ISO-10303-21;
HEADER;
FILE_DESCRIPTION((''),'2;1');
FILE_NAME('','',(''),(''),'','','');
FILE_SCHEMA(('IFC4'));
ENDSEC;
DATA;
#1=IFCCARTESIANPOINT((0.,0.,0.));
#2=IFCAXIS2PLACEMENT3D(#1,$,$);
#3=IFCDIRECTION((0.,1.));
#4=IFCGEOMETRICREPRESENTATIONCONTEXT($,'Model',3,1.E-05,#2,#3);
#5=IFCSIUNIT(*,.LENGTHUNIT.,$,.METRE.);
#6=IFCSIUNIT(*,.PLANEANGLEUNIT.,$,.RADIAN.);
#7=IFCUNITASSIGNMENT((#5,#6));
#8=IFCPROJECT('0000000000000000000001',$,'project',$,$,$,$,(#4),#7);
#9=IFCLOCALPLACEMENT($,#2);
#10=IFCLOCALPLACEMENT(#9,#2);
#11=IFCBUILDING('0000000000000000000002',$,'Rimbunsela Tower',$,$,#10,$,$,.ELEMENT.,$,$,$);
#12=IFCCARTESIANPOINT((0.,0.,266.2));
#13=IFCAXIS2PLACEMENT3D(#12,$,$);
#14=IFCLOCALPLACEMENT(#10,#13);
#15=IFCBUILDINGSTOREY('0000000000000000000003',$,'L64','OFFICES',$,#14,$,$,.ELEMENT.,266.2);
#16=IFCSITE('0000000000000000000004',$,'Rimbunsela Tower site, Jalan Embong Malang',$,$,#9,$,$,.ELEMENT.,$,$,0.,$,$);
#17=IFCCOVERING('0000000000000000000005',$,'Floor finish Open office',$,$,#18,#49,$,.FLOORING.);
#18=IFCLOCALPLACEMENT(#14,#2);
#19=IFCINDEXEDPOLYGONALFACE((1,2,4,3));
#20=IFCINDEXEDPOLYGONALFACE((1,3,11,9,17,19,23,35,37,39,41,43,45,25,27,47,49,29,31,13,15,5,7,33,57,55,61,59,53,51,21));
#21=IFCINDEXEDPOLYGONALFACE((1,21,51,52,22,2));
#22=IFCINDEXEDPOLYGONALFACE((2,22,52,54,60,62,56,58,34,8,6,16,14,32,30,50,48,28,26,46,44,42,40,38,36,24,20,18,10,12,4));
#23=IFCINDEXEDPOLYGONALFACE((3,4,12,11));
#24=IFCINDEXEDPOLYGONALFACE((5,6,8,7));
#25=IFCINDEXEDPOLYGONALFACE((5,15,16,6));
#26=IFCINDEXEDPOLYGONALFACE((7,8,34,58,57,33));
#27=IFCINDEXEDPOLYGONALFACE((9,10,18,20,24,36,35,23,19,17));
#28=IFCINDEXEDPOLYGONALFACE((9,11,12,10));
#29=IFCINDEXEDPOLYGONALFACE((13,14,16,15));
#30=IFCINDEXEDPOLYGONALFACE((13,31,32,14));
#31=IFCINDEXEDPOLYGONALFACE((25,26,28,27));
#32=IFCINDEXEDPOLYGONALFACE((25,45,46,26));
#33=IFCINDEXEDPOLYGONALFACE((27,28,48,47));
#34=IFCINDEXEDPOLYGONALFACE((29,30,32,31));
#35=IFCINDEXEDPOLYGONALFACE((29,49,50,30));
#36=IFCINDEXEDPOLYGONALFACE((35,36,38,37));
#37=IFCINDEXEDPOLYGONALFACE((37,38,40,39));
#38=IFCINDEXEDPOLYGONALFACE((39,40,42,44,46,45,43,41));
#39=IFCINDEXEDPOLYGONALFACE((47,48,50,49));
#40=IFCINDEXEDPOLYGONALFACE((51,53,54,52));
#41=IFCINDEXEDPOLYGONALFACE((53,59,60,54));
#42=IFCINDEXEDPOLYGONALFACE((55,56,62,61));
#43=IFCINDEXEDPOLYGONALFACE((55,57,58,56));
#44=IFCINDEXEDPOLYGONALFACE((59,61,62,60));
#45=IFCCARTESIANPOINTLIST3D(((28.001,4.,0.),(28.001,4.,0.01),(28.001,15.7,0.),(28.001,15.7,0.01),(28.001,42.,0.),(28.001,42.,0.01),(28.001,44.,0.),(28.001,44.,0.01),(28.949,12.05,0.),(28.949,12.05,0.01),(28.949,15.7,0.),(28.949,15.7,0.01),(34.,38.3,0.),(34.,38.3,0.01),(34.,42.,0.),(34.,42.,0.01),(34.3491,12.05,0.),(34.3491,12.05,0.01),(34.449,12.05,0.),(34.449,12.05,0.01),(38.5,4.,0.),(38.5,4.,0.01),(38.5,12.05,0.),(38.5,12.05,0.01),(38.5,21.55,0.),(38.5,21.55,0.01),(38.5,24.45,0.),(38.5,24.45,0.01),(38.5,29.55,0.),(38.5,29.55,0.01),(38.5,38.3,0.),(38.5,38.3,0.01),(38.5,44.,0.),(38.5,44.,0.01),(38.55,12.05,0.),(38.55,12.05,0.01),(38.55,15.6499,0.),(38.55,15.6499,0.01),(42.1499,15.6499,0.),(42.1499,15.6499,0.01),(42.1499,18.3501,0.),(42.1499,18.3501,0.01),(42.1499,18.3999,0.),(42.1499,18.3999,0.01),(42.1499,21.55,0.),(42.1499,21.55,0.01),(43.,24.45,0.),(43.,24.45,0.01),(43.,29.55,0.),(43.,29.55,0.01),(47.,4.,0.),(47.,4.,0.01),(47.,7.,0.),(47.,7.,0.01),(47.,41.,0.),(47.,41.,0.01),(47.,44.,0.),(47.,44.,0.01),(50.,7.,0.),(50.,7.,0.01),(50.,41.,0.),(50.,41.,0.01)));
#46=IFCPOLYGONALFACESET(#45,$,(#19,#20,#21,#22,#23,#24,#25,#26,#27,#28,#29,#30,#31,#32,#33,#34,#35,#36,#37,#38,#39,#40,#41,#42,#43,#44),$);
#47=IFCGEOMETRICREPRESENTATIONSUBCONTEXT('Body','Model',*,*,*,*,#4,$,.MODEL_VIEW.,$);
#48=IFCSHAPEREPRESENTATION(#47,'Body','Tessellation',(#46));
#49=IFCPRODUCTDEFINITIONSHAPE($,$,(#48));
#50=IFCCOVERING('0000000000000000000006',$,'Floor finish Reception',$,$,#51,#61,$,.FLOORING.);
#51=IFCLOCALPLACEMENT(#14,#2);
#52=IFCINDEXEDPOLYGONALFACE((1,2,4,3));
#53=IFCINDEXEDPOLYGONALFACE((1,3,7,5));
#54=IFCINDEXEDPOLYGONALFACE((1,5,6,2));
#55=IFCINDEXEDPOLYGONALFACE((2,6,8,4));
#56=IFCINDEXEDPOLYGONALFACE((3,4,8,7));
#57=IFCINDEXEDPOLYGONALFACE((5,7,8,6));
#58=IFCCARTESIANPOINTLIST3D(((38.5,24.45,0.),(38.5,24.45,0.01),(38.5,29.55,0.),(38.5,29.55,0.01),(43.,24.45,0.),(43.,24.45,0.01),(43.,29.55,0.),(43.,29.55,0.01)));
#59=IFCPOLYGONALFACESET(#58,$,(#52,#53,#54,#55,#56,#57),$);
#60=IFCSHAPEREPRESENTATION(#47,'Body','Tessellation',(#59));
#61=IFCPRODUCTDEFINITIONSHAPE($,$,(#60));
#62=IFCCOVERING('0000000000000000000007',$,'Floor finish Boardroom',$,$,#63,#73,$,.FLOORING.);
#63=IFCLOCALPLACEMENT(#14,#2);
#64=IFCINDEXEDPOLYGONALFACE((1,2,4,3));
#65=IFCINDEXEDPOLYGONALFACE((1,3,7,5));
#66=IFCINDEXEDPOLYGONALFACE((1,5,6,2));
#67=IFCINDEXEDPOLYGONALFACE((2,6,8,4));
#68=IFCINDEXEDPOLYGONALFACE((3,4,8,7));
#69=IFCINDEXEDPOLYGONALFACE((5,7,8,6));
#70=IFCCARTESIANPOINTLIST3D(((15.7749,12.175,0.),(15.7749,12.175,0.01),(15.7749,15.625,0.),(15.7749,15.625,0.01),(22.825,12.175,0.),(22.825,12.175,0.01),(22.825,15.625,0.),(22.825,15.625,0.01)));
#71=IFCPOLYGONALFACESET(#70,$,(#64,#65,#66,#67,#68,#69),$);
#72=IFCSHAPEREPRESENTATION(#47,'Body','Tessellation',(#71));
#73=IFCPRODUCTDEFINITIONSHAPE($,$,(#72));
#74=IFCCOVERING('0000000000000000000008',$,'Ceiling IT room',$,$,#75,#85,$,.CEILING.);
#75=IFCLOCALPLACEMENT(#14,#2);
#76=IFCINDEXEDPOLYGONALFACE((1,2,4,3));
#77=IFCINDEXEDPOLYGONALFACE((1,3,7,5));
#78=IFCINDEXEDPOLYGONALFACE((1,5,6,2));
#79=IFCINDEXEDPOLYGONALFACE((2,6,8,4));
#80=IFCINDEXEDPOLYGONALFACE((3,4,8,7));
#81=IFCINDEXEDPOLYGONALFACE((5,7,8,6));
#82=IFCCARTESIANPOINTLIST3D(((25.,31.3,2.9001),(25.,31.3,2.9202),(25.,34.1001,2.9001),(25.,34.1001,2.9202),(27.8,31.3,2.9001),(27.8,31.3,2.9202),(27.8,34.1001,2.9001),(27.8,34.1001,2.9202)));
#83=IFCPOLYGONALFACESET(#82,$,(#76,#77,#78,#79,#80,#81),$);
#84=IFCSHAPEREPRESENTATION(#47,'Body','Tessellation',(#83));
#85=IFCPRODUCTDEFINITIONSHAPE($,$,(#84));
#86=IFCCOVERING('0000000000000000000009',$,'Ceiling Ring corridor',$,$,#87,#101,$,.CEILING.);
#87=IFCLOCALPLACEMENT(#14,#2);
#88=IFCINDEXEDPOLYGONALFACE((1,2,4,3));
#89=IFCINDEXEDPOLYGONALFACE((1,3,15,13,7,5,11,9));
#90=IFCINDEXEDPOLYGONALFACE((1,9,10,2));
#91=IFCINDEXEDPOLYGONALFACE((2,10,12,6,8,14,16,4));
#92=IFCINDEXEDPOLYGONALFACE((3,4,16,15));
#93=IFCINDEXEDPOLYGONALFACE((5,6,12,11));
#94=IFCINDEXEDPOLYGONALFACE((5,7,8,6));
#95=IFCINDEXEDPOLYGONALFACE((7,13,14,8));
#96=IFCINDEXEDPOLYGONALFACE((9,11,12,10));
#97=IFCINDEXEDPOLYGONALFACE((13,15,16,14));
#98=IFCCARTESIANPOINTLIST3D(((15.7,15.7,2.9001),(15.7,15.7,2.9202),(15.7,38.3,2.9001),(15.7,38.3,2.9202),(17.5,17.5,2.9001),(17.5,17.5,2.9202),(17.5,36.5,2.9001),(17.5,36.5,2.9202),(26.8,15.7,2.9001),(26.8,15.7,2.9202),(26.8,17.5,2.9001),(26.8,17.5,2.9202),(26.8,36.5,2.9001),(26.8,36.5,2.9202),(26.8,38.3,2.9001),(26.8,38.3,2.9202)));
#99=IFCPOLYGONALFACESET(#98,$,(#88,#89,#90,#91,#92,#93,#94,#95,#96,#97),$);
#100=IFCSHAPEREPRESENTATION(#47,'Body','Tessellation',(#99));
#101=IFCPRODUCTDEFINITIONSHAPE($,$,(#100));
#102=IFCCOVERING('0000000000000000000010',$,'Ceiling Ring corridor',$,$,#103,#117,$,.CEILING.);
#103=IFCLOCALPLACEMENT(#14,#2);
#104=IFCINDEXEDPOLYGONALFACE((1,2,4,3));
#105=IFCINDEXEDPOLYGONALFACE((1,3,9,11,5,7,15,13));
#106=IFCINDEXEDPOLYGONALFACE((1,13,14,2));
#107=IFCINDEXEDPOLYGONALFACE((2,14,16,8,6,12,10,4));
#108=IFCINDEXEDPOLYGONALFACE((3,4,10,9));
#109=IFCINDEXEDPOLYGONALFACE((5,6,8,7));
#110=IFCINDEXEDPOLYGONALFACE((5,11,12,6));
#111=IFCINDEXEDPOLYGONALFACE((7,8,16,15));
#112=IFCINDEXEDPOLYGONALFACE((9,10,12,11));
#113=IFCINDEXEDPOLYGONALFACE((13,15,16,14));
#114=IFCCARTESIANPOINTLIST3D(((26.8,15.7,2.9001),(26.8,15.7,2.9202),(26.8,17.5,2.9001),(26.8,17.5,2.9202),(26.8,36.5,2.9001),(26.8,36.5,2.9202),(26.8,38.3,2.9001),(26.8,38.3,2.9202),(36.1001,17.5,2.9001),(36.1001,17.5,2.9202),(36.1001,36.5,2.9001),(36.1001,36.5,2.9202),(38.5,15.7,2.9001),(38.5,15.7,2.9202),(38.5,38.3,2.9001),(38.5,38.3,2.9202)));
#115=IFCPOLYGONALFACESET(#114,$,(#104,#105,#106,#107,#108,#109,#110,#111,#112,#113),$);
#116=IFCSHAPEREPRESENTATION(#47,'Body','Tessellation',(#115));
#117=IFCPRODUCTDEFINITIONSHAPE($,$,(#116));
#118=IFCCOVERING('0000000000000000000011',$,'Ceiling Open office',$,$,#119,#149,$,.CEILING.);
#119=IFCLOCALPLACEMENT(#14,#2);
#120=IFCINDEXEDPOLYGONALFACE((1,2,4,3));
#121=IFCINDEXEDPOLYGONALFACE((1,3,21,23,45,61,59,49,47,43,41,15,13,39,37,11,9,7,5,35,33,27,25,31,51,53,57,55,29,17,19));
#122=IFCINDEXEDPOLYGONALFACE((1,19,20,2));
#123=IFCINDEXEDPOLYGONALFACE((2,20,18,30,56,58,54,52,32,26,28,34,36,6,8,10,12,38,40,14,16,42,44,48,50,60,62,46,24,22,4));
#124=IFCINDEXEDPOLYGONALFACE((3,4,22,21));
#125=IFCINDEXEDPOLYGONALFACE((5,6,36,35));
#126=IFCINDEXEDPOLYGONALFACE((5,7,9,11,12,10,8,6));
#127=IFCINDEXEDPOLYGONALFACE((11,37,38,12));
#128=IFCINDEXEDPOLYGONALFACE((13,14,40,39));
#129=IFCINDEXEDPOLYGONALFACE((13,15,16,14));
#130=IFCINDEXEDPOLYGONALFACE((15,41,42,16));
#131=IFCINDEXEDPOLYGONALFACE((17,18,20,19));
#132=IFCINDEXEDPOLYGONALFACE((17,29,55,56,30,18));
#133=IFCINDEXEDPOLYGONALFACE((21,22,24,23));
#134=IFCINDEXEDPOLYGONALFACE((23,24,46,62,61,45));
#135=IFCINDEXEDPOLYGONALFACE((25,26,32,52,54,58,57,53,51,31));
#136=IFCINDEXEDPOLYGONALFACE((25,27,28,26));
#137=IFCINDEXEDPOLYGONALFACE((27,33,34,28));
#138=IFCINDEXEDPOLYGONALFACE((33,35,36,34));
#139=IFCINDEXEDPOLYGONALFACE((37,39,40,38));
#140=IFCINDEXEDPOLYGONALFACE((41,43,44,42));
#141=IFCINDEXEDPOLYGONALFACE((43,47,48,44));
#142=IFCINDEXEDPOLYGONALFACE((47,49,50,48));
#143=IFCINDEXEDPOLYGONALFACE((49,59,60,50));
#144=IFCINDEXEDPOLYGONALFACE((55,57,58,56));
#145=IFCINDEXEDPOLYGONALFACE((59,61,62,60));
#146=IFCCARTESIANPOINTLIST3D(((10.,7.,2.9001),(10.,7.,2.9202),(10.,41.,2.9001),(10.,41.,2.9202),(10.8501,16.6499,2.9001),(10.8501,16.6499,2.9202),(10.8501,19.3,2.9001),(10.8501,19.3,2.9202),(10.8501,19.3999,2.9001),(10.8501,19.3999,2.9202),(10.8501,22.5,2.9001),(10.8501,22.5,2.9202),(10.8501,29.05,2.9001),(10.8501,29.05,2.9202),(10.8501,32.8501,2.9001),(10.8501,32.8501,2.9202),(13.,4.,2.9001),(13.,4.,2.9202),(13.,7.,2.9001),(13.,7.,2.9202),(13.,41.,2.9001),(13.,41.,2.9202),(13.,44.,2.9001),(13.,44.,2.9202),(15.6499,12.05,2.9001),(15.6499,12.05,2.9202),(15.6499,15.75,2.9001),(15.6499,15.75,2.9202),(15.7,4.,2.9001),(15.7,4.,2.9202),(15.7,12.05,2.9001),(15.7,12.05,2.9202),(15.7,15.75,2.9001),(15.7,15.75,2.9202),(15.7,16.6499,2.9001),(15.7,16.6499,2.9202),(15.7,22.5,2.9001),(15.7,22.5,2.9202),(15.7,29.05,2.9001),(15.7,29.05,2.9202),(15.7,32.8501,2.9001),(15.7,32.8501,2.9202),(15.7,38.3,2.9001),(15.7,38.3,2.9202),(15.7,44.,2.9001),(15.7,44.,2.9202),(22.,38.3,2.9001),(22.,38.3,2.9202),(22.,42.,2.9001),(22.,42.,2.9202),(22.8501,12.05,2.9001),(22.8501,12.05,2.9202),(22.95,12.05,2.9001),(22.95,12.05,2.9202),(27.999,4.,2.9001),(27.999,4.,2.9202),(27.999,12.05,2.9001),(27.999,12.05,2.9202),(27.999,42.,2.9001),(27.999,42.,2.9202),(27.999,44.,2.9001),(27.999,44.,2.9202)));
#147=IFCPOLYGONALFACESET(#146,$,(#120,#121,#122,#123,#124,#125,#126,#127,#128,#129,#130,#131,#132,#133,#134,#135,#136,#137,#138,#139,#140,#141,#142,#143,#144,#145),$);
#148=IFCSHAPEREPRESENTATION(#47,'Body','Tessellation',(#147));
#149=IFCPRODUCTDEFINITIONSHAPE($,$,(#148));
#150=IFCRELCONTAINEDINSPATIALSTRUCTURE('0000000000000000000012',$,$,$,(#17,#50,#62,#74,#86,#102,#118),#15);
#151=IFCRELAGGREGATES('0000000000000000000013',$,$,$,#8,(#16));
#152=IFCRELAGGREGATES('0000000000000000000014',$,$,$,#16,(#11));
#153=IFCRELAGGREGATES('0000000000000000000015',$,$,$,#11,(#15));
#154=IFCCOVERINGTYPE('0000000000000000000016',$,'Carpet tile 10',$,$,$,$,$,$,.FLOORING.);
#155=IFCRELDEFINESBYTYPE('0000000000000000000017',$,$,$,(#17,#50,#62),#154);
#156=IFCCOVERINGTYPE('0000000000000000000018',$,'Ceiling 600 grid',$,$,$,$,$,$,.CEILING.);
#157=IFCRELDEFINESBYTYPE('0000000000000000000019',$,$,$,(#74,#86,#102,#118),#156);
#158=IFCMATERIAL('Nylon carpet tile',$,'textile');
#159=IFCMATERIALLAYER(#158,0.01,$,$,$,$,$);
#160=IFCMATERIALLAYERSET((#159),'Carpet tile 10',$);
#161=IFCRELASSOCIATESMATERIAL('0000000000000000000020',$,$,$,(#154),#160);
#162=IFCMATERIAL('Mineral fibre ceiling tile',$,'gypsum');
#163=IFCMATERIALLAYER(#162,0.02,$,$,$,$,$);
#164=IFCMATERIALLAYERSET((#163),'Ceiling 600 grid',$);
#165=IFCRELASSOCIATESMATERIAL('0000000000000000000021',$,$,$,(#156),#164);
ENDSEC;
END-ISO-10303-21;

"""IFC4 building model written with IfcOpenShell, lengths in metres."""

from ifc_helpers import new_model, si_unit, direction, frame, origin, place, context, subcontext, project, spatial, polyline, outline, extrude, material, layer, layer_set, type_object, element, save


model = new_model("IFC4")

# Units and contexts
model_context = context("Model", 3, precision=1e-05, world=origin(), true_north=direction((0.0, 1.0)))
body_context = subcontext(model_context, "Body", "Model", "MODEL_VIEW")
ifc_project = project(units=[si_unit("LENGTHUNIT", "METRE"), si_unit("PLANEANGLEUNIT", "RADIAN")], contexts=[model_context])

# Site, building, storey
site_placement = place(None, origin())
site = spatial("IfcSite", under=ifc_project, at=site_placement, Name="Rimbunsela Tower site, Jalan Embong Malang", CompositionType="ELEMENT", RefElevation=0.0)
building_placement = place(site_placement, origin())
building = spatial("IfcBuilding", under=site, at=building_placement, Name="Rimbunsela Tower", CompositionType="ELEMENT")
storey_placement = place(building_placement, frame((0.0, 0.0, 266.2)))
storey = spatial("IfcBuildingStorey", under=building, at=storey_placement, Name="L64", Description="OFFICES", CompositionType="ELEMENT", Elevation=266.2)

# Coverings
ifc_material_1 = material(Name="Nylon carpet tile", Category="textile")
ifc_layer_1 = layer(ifc_material_1, 0.01)
ifc_layer_set_1 = layer_set([ifc_layer_1], Name="Carpet tile 10")
covering_type_1 = type_object("IfcCoveringType", Name="Carpet tile 10", PredefinedType="FLOORING", material=ifc_layer_set_1)
covering_1_placement = place(storey_placement, origin())
element("IfcCovering", 1, at=covering_1_placement, inside=storey, type_object=covering_type_1, Name="Floor finish Open office", PredefinedType="FLOORING", context=body_context, shape_type="SweptSolid", body=[
    extrude(outline(polyline([(28.001, 15.7), (28.949, 15.7), (28.949, 12.05), (34.3491, 12.05), (34.449, 12.05), (38.5, 12.05), (38.55, 12.05), (38.55, 15.6499), (42.1499, 15.6499), (42.1499, 18.3501), (42.1499, 18.3999), (42.1499, 21.55), (38.5, 21.55), (38.5, 24.45), (43.0, 24.45), (43.0, 29.55), (38.5, 29.55), (38.5, 38.3), (34.0, 38.3), (34.0, 42.0), (28.001, 42.0), (28.001, 44.0), (38.5, 44.0), (47.0, 44.0), (47.0, 41.0), (50.0, 41.0), (50.0, 7.0), (47.0, 7.0), (47.0, 4.0), (38.5, 4.0), (28.001, 4.0), (28.001, 15.7)])), origin(), (0.0, 0.0, 1.0), 0.01),
])
covering_2_placement = place(storey_placement, origin())
element("IfcCovering", 2, at=covering_2_placement, inside=storey, type_object=covering_type_1, Name="Floor finish Reception", PredefinedType="FLOORING", context=body_context, shape_type="SweptSolid", body=[
    extrude(outline(polyline([(43.0, 24.45), (43.0, 29.55), (38.5, 29.55), (38.5, 24.45), (43.0, 24.45)])), origin(), (0.0, 0.0, 1.0), 0.01),
])
covering_3_placement = place(storey_placement, origin())
element("IfcCovering", 3, at=covering_3_placement, inside=storey, type_object=covering_type_1, Name="Floor finish Boardroom", PredefinedType="FLOORING", context=body_context, shape_type="SweptSolid", body=[
    extrude(outline(polyline([(22.825, 12.175), (22.825, 15.625), (15.7749, 15.625), (15.7749, 12.175), (22.825, 12.175)])), origin(), (0.0, 0.0, 1.0), 0.01),
])
ifc_material_2 = material(Name="Mineral fibre ceiling tile", Category="gypsum")
ifc_layer_2 = layer(ifc_material_2, 0.02)
ifc_layer_set_2 = layer_set([ifc_layer_2], Name="Ceiling 600 grid")
covering_type_2 = type_object("IfcCoveringType", Name="Ceiling 600 grid", PredefinedType="CEILING", material=ifc_layer_set_2)
covering_4_placement = place(storey_placement, frame((0.0, 0.0, 2.9001)))
element("IfcCovering", 4, at=covering_4_placement, inside=storey, type_object=covering_type_2, Name="Ceiling IT room", PredefinedType="CEILING", context=body_context, shape_type="SweptSolid", body=[
    extrude(outline(polyline([(27.8, 31.3), (27.8, 34.1001), (25.0, 34.1001), (25.0, 31.3), (27.8, 31.3)])), origin(), (0.0, 0.0, 1.0), 0.02),
])
covering_5_placement = place(storey_placement, frame((0.0, 0.0, 2.9001)))
element("IfcCovering", 5, at=covering_5_placement, inside=storey, type_object=covering_type_2, Name="Ceiling Ring corridor", PredefinedType="CEILING", context=body_context, shape_type="SweptSolid", body=[
    extrude(outline(polyline([(15.7, 38.3), (26.8, 38.3), (26.8, 36.5), (17.5, 36.5), (17.5, 17.5), (26.8, 17.5), (26.8, 15.7), (15.7, 15.7), (15.7, 38.3)])), origin(), (0.0, 0.0, 1.0), 0.02),
])
covering_6_placement = place(storey_placement, frame((0.0, 0.0, 2.9001)))
element("IfcCovering", 6, at=covering_6_placement, inside=storey, type_object=covering_type_2, Name="Ceiling Ring corridor", PredefinedType="CEILING", context=body_context, shape_type="SweptSolid", body=[
    extrude(outline(polyline([(38.5, 38.3), (38.5, 15.7), (26.8, 15.7), (26.8, 17.5), (36.1001, 17.5), (36.1001, 36.5), (26.8, 36.5), (26.8, 38.3), (38.5, 38.3)])), origin(), (0.0, 0.0, 1.0), 0.02),
])
covering_7_placement = place(storey_placement, frame((0.0, 0.0, 2.9001)))
element("IfcCovering", 7, at=covering_7_placement, inside=storey, type_object=covering_type_2, Name="Ceiling Open office", PredefinedType="CEILING", context=body_context, shape_type="SweptSolid", body=[
    extrude(outline(polyline([(22.95, 12.05), (27.999, 12.05), (27.999, 4.0), (15.7, 4.0), (13.0, 4.0), (13.0, 7.0), (10.0, 7.0), (10.0, 41.0), (13.0, 41.0), (13.0, 44.0), (15.7, 44.0), (27.999, 44.0), (27.999, 42.0), (22.0, 42.0), (22.0, 38.3), (15.7, 38.3), (15.7, 32.8501), (10.8501, 32.8501), (10.8501, 29.05), (15.7, 29.05), (15.7, 22.5), (10.8501, 22.5), (10.8501, 19.3999), (10.8501, 19.3), (10.8501, 16.6499), (15.7, 16.6499), (15.7, 15.75), (15.6499, 15.75), (15.6499, 12.05), (15.7, 12.05), (22.8501, 12.05), (22.95, 12.05)])), origin(), (0.0, 0.0, 1.0), 0.02),
])

save(model, "model.ifc")
